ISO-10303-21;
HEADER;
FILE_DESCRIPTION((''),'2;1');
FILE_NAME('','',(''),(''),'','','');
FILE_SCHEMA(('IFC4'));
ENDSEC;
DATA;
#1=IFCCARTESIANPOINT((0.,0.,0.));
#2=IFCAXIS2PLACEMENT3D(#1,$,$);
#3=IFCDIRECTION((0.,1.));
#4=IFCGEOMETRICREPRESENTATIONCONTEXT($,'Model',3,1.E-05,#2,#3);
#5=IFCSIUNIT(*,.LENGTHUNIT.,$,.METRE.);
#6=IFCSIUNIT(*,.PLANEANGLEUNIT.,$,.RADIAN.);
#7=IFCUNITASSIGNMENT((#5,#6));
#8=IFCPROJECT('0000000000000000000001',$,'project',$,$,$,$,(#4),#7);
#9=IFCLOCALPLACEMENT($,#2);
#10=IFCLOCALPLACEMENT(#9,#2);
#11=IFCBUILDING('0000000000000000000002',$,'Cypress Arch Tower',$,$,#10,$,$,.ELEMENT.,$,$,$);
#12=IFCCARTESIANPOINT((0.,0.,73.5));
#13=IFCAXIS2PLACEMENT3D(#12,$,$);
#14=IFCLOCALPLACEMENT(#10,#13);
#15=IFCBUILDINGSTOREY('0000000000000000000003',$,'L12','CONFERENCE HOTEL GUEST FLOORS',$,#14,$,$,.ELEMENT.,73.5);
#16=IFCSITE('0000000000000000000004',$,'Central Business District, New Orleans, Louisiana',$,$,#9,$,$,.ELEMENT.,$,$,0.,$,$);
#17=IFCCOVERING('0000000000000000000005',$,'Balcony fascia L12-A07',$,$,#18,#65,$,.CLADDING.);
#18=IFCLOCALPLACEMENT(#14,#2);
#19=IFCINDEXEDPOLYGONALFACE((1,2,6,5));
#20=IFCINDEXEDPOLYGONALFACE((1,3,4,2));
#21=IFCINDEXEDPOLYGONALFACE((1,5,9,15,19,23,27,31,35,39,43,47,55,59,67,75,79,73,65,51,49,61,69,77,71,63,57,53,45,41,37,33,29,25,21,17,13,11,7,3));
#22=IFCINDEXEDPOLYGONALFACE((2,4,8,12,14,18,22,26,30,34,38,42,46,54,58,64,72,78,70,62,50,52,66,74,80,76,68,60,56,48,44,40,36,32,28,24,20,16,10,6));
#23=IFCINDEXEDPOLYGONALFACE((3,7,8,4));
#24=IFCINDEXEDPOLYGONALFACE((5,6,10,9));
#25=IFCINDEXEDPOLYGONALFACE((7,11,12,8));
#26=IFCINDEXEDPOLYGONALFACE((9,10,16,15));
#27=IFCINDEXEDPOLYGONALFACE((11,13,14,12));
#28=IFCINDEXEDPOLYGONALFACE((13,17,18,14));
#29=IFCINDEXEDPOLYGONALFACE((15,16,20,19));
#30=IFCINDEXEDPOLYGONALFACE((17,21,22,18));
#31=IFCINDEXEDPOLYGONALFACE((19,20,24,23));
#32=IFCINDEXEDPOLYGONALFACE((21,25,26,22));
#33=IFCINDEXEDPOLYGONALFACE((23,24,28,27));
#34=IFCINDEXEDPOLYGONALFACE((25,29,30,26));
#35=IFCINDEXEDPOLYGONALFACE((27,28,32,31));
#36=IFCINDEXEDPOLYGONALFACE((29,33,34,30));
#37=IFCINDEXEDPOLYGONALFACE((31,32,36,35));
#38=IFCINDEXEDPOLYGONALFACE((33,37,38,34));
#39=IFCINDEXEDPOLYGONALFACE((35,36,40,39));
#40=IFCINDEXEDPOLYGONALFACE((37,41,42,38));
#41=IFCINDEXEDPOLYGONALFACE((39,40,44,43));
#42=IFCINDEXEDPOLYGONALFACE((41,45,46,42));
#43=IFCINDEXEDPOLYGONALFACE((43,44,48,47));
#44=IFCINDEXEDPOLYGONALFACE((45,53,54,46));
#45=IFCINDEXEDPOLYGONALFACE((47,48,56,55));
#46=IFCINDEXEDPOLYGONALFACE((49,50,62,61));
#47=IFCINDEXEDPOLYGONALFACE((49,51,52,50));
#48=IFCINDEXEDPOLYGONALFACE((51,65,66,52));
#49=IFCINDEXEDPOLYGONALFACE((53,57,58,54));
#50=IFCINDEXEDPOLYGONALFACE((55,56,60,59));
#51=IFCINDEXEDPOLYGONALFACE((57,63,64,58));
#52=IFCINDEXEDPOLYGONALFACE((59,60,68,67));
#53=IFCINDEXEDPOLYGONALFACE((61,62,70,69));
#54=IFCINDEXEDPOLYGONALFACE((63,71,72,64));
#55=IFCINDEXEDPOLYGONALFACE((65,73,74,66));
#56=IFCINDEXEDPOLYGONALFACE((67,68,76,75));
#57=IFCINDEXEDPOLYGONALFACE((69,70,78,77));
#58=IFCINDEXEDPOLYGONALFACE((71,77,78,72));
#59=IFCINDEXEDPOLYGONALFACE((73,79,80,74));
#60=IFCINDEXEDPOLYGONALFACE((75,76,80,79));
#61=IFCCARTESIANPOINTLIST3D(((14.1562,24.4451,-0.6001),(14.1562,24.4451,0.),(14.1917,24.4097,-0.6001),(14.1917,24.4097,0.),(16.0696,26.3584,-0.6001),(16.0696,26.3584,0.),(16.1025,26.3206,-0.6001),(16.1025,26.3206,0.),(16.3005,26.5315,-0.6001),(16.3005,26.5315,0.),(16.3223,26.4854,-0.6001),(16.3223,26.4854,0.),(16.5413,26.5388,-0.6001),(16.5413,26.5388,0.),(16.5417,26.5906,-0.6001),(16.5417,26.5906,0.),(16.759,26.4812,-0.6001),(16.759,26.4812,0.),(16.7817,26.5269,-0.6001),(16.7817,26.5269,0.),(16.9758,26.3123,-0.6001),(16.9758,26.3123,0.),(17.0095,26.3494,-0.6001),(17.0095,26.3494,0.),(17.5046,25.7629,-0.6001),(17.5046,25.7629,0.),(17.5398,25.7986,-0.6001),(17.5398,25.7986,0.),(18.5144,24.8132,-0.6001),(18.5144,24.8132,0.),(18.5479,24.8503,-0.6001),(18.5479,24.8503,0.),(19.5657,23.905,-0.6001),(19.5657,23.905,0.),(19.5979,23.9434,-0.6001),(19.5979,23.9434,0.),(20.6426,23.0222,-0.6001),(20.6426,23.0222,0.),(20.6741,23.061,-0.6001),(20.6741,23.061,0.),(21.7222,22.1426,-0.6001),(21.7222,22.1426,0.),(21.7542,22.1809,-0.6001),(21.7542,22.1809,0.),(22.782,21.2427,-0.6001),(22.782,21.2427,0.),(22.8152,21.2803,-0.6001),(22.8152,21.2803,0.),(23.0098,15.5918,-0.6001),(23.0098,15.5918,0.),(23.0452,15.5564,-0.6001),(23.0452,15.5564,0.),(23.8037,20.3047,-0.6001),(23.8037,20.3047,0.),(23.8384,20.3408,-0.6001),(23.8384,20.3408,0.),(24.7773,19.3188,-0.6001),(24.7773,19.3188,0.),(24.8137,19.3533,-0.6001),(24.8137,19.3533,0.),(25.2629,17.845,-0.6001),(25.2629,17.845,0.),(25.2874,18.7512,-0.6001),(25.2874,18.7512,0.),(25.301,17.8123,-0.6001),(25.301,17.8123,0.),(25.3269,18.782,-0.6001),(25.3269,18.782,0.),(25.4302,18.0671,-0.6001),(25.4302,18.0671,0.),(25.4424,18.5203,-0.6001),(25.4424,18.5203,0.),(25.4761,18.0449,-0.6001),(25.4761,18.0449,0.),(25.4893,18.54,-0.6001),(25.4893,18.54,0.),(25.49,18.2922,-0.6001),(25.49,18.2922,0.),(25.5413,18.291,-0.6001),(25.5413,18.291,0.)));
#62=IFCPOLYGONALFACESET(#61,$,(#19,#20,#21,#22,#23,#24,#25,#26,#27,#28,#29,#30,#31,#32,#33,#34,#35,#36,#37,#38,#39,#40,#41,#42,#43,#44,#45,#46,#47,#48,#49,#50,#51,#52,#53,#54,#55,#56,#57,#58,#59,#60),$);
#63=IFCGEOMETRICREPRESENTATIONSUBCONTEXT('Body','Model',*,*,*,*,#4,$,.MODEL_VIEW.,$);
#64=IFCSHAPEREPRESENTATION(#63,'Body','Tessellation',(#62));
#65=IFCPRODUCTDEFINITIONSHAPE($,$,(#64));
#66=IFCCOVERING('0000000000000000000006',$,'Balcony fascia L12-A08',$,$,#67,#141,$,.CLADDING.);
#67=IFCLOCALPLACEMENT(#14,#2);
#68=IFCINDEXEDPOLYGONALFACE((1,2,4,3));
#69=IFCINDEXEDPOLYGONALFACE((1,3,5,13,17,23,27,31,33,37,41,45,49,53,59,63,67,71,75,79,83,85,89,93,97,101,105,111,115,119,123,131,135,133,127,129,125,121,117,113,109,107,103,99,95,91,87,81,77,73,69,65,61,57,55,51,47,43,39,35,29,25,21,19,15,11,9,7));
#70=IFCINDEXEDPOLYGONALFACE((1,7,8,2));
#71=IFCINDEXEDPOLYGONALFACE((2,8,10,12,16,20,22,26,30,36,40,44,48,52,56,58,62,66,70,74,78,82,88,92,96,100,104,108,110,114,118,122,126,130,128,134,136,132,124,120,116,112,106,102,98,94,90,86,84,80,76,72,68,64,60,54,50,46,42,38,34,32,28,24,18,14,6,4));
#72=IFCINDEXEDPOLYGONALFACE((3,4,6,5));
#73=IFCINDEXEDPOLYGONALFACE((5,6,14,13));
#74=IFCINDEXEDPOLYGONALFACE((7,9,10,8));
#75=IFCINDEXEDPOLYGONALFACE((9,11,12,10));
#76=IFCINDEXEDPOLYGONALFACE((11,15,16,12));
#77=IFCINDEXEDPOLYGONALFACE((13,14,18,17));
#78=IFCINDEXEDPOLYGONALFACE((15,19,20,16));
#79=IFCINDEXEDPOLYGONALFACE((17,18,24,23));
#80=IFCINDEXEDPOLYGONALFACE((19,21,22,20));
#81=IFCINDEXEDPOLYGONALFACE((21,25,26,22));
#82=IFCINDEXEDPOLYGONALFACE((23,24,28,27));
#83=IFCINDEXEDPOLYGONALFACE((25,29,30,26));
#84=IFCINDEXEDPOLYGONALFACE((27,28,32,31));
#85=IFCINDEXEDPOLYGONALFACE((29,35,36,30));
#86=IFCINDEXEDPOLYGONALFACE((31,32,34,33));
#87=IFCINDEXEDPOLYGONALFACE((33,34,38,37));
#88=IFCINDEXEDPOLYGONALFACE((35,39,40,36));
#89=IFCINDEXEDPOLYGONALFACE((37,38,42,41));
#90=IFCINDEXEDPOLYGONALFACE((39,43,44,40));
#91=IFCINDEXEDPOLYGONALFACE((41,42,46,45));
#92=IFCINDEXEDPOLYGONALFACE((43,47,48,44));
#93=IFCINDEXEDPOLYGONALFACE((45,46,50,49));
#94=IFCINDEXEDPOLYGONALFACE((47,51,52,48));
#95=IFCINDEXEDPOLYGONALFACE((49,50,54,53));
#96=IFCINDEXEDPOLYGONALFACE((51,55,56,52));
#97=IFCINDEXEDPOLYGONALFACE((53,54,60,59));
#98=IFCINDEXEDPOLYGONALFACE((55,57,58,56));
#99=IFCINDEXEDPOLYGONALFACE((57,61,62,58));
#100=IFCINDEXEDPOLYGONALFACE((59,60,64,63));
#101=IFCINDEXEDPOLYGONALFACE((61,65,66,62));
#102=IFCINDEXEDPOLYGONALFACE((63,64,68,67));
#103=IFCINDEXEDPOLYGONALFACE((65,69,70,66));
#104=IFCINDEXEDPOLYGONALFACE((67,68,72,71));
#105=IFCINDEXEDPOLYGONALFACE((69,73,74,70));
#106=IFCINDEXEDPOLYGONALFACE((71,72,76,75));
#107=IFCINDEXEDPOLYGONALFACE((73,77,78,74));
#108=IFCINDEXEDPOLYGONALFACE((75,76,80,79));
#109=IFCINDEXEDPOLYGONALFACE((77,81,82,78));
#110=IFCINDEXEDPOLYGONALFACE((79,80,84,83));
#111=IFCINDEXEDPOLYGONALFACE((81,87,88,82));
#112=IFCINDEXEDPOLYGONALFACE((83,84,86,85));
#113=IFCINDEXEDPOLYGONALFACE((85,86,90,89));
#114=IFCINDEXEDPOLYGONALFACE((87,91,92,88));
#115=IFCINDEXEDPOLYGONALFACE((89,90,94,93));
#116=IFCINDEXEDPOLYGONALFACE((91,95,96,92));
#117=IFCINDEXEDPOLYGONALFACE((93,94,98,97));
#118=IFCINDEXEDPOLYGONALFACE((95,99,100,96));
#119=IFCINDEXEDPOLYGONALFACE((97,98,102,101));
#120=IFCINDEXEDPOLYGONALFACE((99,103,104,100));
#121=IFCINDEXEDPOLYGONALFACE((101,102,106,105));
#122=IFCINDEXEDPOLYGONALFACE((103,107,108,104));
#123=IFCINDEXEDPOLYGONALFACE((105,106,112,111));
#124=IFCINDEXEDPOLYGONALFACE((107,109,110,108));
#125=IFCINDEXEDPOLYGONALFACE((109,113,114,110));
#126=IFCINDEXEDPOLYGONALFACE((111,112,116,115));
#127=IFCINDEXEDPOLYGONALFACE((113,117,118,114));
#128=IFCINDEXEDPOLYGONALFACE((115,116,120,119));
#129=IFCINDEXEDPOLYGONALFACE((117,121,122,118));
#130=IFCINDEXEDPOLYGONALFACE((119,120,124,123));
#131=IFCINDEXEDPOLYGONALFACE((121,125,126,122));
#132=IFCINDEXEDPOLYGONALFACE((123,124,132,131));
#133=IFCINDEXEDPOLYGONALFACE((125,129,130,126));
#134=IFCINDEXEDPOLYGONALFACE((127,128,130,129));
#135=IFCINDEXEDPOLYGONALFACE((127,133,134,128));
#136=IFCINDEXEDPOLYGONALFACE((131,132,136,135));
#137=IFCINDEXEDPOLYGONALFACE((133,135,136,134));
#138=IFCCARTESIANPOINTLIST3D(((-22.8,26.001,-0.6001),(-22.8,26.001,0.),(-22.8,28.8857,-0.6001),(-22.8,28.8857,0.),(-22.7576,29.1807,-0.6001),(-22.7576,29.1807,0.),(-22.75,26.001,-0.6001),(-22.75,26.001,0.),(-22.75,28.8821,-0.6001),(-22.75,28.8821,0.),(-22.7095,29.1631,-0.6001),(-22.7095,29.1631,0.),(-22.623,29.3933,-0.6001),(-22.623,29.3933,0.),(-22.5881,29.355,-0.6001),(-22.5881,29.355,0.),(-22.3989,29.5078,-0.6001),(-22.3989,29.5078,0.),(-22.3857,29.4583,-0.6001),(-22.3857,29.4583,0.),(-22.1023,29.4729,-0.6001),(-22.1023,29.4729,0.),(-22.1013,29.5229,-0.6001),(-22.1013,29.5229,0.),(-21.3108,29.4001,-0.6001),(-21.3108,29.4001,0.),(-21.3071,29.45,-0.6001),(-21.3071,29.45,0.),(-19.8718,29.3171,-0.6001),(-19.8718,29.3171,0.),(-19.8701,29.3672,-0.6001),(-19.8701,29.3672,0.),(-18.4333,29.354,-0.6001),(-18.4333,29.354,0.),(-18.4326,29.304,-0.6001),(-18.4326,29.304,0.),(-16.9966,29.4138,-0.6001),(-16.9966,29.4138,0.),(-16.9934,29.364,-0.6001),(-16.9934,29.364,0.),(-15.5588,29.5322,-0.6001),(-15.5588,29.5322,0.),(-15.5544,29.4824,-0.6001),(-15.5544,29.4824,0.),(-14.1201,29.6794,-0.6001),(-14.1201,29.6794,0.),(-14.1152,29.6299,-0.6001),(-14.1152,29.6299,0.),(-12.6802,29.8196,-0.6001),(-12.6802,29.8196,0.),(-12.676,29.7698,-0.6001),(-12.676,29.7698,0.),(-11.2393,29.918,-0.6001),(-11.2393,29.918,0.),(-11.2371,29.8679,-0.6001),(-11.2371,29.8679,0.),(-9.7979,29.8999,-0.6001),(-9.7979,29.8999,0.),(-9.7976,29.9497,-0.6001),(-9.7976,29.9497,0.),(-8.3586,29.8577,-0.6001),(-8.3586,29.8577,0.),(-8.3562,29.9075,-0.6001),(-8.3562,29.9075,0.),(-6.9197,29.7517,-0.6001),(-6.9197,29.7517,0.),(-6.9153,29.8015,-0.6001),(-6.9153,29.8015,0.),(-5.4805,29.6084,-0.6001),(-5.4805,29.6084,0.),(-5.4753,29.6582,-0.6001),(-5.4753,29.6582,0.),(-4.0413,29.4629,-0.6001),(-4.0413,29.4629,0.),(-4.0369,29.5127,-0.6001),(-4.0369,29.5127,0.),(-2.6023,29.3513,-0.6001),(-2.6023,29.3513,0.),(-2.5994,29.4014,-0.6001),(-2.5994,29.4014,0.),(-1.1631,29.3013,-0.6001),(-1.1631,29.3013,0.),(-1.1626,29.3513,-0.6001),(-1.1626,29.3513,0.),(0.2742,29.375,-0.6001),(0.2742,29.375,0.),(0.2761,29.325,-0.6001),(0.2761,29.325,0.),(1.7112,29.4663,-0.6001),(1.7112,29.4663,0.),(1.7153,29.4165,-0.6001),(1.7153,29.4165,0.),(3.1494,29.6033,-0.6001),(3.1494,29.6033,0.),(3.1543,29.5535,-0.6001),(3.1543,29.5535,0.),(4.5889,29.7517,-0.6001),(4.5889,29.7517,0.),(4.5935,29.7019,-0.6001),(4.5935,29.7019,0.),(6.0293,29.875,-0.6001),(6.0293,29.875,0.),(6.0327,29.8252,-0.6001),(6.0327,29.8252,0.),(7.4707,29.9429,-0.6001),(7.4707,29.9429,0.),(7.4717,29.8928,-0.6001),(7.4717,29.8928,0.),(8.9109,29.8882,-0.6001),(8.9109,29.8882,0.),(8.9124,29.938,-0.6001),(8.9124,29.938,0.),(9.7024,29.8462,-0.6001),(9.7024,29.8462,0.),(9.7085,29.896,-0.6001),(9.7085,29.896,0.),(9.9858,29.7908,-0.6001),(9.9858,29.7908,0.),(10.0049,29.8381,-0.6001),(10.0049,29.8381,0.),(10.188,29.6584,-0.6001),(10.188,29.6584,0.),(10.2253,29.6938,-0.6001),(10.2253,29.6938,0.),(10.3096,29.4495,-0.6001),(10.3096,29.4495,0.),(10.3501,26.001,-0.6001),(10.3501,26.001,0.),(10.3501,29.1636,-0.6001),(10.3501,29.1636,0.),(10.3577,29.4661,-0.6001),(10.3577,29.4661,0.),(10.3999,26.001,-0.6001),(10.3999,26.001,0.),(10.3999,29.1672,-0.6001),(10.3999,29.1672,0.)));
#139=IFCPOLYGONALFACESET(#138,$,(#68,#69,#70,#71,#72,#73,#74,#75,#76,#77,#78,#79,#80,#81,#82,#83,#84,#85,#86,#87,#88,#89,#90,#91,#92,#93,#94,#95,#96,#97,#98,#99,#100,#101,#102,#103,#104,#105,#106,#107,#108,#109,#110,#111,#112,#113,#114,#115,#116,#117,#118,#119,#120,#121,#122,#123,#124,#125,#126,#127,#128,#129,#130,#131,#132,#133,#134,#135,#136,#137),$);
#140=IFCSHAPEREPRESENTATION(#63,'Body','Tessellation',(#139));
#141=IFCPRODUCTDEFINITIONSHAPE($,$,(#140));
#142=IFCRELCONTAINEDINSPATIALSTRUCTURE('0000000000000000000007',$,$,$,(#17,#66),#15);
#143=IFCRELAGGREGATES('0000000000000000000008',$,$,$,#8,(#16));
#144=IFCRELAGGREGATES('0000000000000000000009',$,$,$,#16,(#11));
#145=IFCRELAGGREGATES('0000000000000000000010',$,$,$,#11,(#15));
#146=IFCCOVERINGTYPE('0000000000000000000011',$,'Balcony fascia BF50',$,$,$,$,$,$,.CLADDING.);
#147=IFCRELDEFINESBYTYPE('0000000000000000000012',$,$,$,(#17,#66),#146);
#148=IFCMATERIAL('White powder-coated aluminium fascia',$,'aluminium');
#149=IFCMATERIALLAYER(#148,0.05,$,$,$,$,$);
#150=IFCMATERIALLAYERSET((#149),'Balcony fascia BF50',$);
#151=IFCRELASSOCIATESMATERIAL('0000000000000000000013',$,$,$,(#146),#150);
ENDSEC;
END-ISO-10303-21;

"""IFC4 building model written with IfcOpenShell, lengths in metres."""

from ifc_helpers import new_model, si_unit, direction, frame, origin, place, context, subcontext, project, spatial, polyline, outline, extrude, material, layer, layer_set, type_object, element, save


model = new_model("IFC4")

# Units and contexts
model_context = context("Model", 3, precision=1e-05, world=origin(), true_north=direction((0.0, 1.0)))
body_context = subcontext(model_context, "Body", "Model", "MODEL_VIEW")
ifc_project = project(units=[si_unit("LENGTHUNIT", "METRE"), si_unit("PLANEANGLEUNIT", "RADIAN")], contexts=[model_context])

# Site, building, storey
site_placement = place(None, origin())
site = spatial("IfcSite", under=ifc_project, at=site_placement, Name="Central Business District, New Orleans, Louisiana", CompositionType="ELEMENT", RefElevation=0.0)
building_placement = place(site_placement, origin())
building = spatial("IfcBuilding", under=site, at=building_placement, Name="Cypress Arch Tower", CompositionType="ELEMENT")
storey_placement = place(building_placement, frame((0.0, 0.0, 73.5)))
storey = spatial("IfcBuildingStorey", under=building, at=storey_placement, Name="L12", Description="CONFERENCE HOTEL GUEST FLOORS", CompositionType="ELEMENT", Elevation=73.5)

# Coverings
ifc_material_1 = material(Name="White powder-coated aluminium fascia", Category="aluminium")
ifc_layer_1 = layer(ifc_material_1, 0.05)
ifc_layer_set_1 = layer_set([ifc_layer_1], Name="Balcony fascia BF50")
covering_type_1 = type_object("IfcCoveringType", Name="Balcony fascia BF50", PredefinedType="CLADDING", material=ifc_layer_set_1)
covering_1_placement = place(storey_placement, frame((0.0, 0.0, -0.6001)))
element("IfcCovering", 1, at=covering_1_placement, inside=storey, type_object=covering_type_1, Name="Balcony fascia L12-A07", PredefinedType="CLADDING", context=body_context, shape_type="SweptSolid", body=[
    extrude(outline(polyline([(16.0696, 26.3584), (16.3005, 26.5315), (16.5417, 26.5906), (16.7817, 26.5269), (17.0095, 26.3494), (17.5398, 25.7986), (18.5479, 24.8503), (19.5979, 23.9434), (20.6741, 23.061), (21.7542, 22.1809), (22.8152, 21.2803), (23.8384, 20.3408), (24.8137, 19.3533), (25.3269, 18.782), (25.4893, 18.54), (25.5413, 18.291), (25.4761, 18.0449), (25.301, 17.8123), (23.0452, 15.5564), (23.0098, 15.5918), (25.2629, 17.845), (25.4302, 18.0671), (25.49, 18.2922), (25.4424, 18.5203), (25.2874, 18.7512), (24.7773, 19.3188), (23.8037, 20.3047), (22.782, 21.2427), (21.7222, 22.1426), (20.6426, 23.0222), (19.5657, 23.905), (18.5144, 24.8132), (17.5046, 25.7629), (16.9758, 26.3123), (16.759, 26.4812), (16.5413, 26.5388), (16.3223, 26.4854), (16.1025, 26.3206), (14.1917, 24.4097), (14.1562, 24.4451), (16.0696, 26.3584)])), origin(), (0.0, 0.0, 1.0), 0.6001),
])
covering_2_placement = place(storey_placement, frame((0.0, 0.0, -0.6001)))
element("IfcCovering", 2, at=covering_2_placement, inside=storey, type_object=covering_type_1, Name="Balcony fascia L12-A08", PredefinedType="CLADDING", context=body_context, shape_type="SweptSolid", body=[
    extrude(outline(polyline([(-22.8, 28.8857), (-22.7576, 29.1807), (-22.623, 29.3933), (-22.3989, 29.5078), (-22.1013, 29.5229), (-21.3071, 29.45), (-19.8701, 29.3672), (-18.4333, 29.354), (-16.9966, 29.4138), (-15.5588, 29.5322), (-14.1201, 29.6794), (-12.6802, 29.8196), (-11.2393, 29.918), (-9.7976, 29.9497), (-8.3562, 29.9075), (-6.9153, 29.8015), (-5.4753, 29.6582), (-4.0369, 29.5127), (-2.5994, 29.4014), (-1.1626, 29.3513), (0.2742, 29.375), (1.7112, 29.4663), (3.1494, 29.6033), (4.5889, 29.7517), (6.0293, 29.875), (7.4707, 29.9429), (8.9124, 29.938), (9.7085, 29.896), (10.0049, 29.8381), (10.2253, 29.6938), (10.3577, 29.4661), (10.3999, 29.1672), (10.3999, 26.001), (10.3501, 26.001), (10.3501, 29.1636), (10.3096, 29.4495), (10.188, 29.6584), (9.9858, 29.7908), (9.7024, 29.8462), (8.9109, 29.8882), (7.4717, 29.8928), (6.0327, 29.8252), (4.5935, 29.7019), (3.1543, 29.5535), (1.7153, 29.4165), (0.2761, 29.325), (-1.1631, 29.3013), (-2.6023, 29.3513), (-4.0413, 29.4629), (-5.4805, 29.6084), (-6.9197, 29.7517), (-8.3586, 29.8577), (-9.7979, 29.8999), (-11.2371, 29.8679), (-12.676, 29.7698), (-14.1152, 29.6299), (-15.5544, 29.4824), (-16.9934, 29.364), (-18.4326, 29.304), (-19.8718, 29.3171), (-21.3108, 29.4001), (-22.1023, 29.4729), (-22.3857, 29.4583), (-22.5881, 29.355), (-22.7095, 29.1631), (-22.75, 28.8821), (-22.75, 26.001), (-22.8, 26.001), (-22.8, 28.8857)])), origin(), (0.0, 0.0, 1.0), 0.6001),
])

save(model, "model.ifc")
